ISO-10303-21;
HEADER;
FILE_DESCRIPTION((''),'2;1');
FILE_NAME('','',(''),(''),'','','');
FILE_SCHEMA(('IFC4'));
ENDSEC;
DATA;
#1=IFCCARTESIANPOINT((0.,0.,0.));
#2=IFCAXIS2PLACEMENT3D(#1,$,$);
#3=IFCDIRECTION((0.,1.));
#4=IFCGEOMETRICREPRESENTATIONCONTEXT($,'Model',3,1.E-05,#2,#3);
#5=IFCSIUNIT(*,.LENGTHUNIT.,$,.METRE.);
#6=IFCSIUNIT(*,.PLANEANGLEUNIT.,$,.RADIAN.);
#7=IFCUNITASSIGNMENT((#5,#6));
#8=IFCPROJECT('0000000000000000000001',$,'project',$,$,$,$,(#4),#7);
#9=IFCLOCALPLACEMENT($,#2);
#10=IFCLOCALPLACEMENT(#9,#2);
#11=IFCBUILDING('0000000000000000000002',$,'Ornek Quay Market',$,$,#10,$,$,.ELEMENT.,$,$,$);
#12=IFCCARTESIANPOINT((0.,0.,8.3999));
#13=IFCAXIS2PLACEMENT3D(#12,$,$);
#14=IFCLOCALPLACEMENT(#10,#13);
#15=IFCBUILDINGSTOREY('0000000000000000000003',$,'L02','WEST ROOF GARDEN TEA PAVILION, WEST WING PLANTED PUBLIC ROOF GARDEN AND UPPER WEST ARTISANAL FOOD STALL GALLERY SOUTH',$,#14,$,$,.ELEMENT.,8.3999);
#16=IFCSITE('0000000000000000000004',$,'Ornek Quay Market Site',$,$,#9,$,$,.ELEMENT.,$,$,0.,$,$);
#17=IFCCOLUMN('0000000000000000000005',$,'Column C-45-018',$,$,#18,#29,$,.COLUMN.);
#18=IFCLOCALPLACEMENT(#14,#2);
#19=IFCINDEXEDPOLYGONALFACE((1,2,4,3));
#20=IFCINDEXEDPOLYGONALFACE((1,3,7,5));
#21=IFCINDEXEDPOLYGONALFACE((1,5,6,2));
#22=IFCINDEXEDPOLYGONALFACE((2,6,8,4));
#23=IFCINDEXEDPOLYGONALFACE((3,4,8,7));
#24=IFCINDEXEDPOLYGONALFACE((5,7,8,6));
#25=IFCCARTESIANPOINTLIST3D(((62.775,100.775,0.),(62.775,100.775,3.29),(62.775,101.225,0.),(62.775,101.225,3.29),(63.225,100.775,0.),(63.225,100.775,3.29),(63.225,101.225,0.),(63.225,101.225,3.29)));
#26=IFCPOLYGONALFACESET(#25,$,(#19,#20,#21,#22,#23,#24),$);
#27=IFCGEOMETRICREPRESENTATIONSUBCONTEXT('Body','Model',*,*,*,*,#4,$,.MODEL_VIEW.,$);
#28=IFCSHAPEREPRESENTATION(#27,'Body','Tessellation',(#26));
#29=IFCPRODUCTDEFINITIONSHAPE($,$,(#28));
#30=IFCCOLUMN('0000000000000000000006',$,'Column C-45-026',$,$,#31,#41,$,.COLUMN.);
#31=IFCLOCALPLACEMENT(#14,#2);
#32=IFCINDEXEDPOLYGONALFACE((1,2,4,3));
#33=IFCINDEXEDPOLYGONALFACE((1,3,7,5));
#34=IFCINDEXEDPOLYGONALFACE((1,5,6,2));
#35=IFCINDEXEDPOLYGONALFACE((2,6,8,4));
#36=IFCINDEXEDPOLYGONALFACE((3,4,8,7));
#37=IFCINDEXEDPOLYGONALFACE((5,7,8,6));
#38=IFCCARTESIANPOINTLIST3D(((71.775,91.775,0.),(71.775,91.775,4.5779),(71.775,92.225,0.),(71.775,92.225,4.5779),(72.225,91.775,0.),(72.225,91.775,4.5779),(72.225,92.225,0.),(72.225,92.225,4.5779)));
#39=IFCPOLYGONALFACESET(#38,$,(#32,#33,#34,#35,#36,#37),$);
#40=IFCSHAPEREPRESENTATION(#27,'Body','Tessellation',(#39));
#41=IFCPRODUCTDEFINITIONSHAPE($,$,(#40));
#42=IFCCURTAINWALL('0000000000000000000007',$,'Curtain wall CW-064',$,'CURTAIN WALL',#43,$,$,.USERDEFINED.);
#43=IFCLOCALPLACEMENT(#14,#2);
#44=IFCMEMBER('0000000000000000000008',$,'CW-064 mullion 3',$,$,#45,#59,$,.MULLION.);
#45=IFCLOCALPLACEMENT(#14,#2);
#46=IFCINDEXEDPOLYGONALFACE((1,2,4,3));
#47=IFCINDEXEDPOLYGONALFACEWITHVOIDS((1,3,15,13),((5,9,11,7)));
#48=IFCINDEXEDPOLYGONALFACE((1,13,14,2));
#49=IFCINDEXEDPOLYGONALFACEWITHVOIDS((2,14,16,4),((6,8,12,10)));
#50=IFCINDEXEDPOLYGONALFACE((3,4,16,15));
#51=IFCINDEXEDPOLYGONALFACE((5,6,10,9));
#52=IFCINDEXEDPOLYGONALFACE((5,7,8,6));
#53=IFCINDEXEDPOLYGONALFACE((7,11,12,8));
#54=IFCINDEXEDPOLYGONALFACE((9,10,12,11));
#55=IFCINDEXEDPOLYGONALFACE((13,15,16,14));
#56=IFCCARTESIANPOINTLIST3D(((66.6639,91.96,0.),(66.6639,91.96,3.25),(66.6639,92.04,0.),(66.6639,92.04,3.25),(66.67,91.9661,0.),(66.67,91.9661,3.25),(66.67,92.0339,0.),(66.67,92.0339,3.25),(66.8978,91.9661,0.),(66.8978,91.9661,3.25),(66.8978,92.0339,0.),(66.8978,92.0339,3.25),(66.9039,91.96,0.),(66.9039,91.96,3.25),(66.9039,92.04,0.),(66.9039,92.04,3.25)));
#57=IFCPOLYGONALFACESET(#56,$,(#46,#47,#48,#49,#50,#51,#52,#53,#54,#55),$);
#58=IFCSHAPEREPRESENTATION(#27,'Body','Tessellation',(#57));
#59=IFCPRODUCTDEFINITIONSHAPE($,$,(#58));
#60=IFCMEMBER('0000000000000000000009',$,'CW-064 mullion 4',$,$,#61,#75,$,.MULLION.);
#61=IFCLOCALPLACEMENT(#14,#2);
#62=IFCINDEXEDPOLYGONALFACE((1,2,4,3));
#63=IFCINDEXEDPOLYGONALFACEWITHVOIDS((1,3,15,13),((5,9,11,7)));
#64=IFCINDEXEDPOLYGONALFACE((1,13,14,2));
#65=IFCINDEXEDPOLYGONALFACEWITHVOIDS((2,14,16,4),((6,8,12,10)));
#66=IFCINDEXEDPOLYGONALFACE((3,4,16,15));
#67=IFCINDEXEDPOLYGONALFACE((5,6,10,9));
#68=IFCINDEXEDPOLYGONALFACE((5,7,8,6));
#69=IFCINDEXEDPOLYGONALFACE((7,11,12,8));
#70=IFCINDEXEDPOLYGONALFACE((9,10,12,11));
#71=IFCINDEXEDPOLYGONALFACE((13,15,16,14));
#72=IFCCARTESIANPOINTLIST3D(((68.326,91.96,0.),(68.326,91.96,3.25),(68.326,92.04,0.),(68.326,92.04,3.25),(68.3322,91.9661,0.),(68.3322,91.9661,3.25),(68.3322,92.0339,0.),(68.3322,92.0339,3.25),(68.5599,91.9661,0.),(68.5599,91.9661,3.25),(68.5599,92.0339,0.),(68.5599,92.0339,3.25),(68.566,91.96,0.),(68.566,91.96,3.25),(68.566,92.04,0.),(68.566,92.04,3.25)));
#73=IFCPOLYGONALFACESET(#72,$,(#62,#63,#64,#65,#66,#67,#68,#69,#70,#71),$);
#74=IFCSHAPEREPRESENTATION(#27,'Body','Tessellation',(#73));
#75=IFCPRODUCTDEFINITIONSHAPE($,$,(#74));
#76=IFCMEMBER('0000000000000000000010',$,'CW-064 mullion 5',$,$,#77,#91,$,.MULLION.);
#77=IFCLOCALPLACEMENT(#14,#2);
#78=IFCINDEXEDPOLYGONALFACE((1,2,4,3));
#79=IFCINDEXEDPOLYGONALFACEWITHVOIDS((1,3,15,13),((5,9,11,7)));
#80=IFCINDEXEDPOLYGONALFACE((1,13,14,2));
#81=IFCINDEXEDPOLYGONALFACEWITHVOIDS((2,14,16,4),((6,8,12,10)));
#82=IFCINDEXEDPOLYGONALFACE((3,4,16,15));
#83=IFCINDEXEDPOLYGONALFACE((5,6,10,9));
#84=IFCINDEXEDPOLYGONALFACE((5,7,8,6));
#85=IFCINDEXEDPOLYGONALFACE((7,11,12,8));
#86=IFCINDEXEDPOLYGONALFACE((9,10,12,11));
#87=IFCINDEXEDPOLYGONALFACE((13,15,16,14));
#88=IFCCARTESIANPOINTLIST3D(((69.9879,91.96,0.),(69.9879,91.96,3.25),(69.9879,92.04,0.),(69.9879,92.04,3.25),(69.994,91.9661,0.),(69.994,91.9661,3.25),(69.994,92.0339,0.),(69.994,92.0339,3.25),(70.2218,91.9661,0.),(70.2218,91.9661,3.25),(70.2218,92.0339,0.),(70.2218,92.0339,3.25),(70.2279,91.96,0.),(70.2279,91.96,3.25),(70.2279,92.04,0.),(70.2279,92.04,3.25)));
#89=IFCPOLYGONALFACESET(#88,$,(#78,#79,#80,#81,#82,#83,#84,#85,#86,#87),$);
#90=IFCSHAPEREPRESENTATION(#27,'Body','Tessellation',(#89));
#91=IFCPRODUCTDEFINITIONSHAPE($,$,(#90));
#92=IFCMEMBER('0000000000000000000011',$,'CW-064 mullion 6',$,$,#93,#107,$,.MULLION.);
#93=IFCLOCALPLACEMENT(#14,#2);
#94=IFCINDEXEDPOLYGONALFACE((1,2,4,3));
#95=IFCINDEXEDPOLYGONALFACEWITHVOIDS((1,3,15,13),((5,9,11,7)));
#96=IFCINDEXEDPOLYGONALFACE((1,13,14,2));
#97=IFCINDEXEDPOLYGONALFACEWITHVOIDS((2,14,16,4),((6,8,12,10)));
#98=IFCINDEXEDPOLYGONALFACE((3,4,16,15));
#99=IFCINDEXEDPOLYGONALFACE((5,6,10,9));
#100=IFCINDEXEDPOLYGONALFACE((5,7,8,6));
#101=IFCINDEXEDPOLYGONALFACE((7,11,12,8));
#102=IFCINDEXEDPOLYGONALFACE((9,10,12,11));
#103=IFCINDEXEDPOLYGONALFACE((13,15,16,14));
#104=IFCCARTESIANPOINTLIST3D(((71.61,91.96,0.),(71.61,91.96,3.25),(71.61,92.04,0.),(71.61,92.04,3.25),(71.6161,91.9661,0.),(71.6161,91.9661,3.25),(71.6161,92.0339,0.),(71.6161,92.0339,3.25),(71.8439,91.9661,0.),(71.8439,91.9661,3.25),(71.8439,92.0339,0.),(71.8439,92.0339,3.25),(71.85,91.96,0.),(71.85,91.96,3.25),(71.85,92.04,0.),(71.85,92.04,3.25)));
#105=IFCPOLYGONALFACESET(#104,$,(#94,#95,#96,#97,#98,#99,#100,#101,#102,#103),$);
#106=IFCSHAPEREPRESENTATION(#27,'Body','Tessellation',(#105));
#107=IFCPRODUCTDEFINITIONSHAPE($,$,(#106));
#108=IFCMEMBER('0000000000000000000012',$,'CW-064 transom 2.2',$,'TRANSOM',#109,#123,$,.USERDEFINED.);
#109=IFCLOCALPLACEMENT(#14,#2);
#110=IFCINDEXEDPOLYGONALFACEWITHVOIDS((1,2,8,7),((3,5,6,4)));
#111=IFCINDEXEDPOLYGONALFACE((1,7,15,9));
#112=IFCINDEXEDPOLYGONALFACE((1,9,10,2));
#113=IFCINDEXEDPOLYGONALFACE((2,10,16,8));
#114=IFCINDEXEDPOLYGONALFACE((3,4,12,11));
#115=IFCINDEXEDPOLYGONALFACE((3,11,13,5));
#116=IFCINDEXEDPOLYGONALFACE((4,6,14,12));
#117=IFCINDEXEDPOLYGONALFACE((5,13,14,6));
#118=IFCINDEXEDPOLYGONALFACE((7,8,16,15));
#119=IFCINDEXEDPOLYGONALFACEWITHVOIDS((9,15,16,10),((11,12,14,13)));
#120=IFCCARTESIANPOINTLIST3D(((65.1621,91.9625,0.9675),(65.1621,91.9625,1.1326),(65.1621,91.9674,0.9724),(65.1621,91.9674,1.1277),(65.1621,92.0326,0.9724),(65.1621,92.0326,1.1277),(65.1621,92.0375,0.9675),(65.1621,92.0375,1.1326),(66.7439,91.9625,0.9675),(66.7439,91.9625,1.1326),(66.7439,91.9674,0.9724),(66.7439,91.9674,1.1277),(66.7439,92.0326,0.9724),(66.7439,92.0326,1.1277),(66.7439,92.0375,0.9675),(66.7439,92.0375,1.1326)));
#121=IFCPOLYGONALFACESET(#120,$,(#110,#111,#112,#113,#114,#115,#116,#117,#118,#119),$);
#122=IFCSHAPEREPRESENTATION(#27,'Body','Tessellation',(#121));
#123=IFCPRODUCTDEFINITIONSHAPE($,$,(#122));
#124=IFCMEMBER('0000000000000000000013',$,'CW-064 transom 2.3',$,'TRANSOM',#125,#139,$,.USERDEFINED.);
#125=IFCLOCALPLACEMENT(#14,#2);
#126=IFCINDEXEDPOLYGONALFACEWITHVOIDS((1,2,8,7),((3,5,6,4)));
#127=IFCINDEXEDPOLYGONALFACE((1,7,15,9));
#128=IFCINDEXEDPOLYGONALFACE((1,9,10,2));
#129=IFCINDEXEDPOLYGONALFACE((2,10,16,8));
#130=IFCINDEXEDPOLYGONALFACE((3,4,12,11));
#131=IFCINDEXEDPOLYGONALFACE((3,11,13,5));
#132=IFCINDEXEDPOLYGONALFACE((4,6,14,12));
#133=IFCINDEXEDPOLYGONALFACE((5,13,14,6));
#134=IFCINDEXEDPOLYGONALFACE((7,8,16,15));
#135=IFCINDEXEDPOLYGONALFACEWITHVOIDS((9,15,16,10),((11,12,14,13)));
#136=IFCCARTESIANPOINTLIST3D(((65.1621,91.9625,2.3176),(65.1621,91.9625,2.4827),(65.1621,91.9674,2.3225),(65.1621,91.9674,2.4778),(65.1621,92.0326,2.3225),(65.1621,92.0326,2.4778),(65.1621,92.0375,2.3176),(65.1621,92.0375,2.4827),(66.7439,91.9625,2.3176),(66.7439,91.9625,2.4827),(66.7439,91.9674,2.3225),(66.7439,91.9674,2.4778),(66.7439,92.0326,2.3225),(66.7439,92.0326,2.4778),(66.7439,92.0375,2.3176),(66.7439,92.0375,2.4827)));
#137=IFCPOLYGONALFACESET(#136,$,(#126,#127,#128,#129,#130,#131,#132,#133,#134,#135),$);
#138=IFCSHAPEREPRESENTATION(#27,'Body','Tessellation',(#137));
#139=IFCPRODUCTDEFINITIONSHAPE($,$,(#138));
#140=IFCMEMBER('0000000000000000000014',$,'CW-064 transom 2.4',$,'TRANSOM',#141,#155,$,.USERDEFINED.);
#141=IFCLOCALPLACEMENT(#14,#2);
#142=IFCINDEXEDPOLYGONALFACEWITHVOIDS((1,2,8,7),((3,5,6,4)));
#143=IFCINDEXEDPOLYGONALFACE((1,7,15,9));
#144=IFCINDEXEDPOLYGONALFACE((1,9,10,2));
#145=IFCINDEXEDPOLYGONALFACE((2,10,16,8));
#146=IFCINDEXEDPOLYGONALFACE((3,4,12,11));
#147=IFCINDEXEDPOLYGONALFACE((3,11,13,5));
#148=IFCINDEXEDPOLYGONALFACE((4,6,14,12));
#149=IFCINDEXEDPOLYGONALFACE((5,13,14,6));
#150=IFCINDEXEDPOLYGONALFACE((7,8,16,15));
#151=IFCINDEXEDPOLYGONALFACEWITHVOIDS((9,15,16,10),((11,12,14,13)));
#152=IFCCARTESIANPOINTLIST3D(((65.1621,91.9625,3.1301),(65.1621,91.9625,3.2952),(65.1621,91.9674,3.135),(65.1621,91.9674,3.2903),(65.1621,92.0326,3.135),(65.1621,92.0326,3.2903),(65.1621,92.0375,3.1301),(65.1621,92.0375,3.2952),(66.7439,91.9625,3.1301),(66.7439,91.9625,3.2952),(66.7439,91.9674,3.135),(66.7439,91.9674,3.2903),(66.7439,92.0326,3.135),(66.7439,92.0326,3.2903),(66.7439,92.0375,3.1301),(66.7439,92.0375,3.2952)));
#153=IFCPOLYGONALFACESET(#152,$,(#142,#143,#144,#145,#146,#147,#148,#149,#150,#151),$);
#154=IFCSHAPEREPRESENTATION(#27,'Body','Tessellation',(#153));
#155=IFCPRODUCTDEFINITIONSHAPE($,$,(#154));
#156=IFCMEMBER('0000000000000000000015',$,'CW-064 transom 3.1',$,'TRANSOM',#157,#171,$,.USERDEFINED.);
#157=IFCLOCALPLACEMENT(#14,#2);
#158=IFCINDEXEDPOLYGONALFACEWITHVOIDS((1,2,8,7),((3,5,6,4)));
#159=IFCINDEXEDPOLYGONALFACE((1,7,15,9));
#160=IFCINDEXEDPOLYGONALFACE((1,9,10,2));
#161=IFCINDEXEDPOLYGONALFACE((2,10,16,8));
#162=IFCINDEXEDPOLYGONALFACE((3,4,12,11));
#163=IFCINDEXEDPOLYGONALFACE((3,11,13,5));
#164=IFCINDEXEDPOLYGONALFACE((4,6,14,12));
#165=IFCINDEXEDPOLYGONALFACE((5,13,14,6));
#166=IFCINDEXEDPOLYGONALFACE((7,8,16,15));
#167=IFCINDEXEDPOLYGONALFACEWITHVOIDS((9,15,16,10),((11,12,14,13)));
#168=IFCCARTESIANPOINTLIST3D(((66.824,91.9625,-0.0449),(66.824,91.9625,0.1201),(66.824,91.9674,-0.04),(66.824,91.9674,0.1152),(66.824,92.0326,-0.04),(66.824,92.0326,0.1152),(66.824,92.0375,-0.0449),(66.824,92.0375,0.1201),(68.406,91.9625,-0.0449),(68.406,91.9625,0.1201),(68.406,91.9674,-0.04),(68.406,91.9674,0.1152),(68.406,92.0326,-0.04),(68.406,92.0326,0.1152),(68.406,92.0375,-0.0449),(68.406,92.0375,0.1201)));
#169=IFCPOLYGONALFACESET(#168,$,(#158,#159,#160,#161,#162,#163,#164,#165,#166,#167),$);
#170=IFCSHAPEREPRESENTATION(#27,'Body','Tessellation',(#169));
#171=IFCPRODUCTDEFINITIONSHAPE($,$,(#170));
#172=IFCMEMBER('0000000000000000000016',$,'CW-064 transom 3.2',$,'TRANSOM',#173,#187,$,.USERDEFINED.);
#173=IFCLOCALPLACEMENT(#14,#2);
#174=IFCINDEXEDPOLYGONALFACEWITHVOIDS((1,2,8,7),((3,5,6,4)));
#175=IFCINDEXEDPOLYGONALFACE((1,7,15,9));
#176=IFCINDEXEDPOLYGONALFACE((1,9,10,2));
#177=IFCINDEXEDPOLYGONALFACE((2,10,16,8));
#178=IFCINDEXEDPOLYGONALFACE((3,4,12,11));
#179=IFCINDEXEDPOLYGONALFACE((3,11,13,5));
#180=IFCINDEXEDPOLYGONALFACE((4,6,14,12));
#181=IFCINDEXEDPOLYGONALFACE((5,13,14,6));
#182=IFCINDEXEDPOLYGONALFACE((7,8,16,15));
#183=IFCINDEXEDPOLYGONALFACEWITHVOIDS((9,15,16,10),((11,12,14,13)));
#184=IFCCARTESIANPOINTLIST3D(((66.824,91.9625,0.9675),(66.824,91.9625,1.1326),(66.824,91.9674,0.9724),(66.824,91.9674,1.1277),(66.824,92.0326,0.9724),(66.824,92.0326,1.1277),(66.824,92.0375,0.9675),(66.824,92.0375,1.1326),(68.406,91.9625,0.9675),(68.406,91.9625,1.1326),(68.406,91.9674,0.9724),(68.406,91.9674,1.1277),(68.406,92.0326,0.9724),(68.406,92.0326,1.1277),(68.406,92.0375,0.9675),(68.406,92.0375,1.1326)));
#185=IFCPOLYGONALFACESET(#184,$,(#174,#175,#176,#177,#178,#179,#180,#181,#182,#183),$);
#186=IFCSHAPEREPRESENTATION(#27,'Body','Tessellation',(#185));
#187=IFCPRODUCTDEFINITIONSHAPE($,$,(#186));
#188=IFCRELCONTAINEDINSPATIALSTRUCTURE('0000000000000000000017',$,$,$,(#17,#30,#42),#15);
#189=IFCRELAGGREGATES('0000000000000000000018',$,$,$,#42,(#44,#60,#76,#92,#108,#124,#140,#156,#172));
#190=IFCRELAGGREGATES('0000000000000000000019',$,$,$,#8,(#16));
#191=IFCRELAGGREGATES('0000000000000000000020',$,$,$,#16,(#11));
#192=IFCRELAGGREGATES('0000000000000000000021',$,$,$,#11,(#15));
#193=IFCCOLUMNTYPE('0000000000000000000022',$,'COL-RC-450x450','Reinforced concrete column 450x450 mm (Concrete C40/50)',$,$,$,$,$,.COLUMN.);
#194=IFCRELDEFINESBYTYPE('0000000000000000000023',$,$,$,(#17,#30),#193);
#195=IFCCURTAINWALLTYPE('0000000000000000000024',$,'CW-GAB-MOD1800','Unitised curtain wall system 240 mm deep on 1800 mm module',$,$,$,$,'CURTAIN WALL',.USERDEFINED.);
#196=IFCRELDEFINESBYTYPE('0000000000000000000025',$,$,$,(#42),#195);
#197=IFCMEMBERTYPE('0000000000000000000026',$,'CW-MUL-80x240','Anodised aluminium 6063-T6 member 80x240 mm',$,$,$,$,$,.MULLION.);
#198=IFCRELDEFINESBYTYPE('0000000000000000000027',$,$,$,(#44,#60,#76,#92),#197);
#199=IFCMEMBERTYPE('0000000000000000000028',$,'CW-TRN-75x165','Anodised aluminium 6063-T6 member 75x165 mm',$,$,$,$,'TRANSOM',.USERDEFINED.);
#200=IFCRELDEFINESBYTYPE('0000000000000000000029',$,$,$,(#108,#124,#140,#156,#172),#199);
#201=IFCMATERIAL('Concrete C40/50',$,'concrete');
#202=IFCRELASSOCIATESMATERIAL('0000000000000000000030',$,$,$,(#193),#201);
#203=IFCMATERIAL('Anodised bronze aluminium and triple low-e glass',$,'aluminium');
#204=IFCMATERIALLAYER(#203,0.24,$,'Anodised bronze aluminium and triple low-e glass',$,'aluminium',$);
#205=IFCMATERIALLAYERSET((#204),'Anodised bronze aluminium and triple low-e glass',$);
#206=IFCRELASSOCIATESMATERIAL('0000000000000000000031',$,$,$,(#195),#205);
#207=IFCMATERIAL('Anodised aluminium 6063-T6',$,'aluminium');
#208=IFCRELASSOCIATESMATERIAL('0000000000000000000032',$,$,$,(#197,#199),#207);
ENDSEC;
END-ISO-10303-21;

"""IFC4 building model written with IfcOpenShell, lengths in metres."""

from ifc_helpers import new_model, si_unit, direction, frame, origin, origin_2d, place, context, subcontext, project, spatial, rectangle, hollow_rectangle, extrude, material, layer, layer_set, material_profile, profile_set, type_object, element, aggregate, save


model = new_model("IFC4")

# Units and contexts
model_context = context("Model", 3, precision=1e-05, world=origin(), true_north=direction((0.0, 1.0)))
body_context = subcontext(model_context, "Body", "Model", "MODEL_VIEW")
ifc_project = project(units=[si_unit("LENGTHUNIT", "METRE"), si_unit("PLANEANGLEUNIT", "RADIAN")], contexts=[model_context])

# Site, building, storey
site_placement = place(None, origin())
site = spatial("IfcSite", under=ifc_project, at=site_placement, Name="Ornek Quay Market Site", CompositionType="ELEMENT", RefElevation=0.0)
building_placement = place(site_placement, origin())
building = spatial("IfcBuilding", under=site, at=building_placement, Name="Ornek Quay Market", CompositionType="ELEMENT")
storey_placement = place(building_placement, frame((0.0, 0.0, 8.3999)))
storey = spatial("IfcBuildingStorey", under=building, at=storey_placement, Name="L02", Description="WEST ROOF GARDEN TEA PAVILION, WEST WING PLANTED PUBLIC ROOF GARDEN AND UPPER WEST ARTISANAL FOOD STALL GALLERY SOUTH", CompositionType="ELEMENT", Elevation=8.3999)

# Columns
ifc_material_1 = material(Name="Concrete C40/50", Category="concrete")
ifc_material_profile_1 = material_profile(ifc_material_1, rectangle(XDim=0.45, YDim=0.45, at=origin_2d()), Name="RC 450x450", Category="concrete")
ifc_profile_set_1 = profile_set([ifc_material_profile_1], Name="Concrete C40/50")
column_type = type_object("IfcColumnType", Name="COL-RC-450x450", Description="Reinforced concrete column 450x450 mm (Concrete C40/50)", PredefinedType="COLUMN", material=ifc_profile_set_1)
column_1_placement = place(storey_placement, frame((63.0, 101.0, 0.0), z_axis=(0.0, 0.0, 1.0), x_axis=(1.0, 0.0, 0.0)))
element("IfcColumn", 1, at=column_1_placement, inside=storey, type_object=column_type, Name="Column C-45-018", PredefinedType="COLUMN", context=body_context, shape_type="SweptSolid", body=[
    extrude(rectangle(XDim=0.45, YDim=0.45, at=origin_2d()), origin(), (0.0, 0.0, 1.0), 3.29),
])
column_2_placement = place(storey_placement, frame((72.0, 92.0, 0.0), z_axis=(0.0, 0.0, 1.0), x_axis=(1.0, 0.0, 0.0)))
element("IfcColumn", 2, at=column_2_placement, inside=storey, type_object=column_type, Name="Column C-45-026", PredefinedType="COLUMN", context=body_context, shape_type="SweptSolid", body=[
    extrude(rectangle(XDim=0.45, YDim=0.45, at=origin_2d()), origin(), (0.0, 0.0, 1.0), 4.5779),
])

# Curtain wall, members
ifc_material_2 = material(Name="Anodised bronze aluminium and triple low-e glass", Category="aluminium")
ifc_layer_1 = layer(ifc_material_2, 0.24, Name="Anodised bronze aluminium and triple low-e glass", Category="aluminium")
ifc_layer_set_1 = layer_set([ifc_layer_1], Name="Anodised bronze aluminium and triple low-e glass")
curtain_wall_type = type_object("IfcCurtainWallType", Name="CW-GAB-MOD1800", Description="Unitised curtain wall system 240 mm deep on 1800 mm module", ElementType="CURTAIN WALL", PredefinedType="USERDEFINED", material=ifc_layer_set_1)
curtain_wall_placement = place(storey_placement, origin())
curtain_wall = element("IfcCurtainWall", 3, at=curtain_wall_placement, inside=storey, type_object=curtain_wall_type, Name="Curtain wall CW-064", ObjectType="CURTAIN WALL", PredefinedType="USERDEFINED")
ifc_material_3 = material(Name="Anodised aluminium 6063-T6", Category="aluminium")
ifc_material_profile_2 = material_profile(ifc_material_3, hollow_rectangle(XDim=0.0801, YDim=0.24, WallThickness=0.0061, at=origin_2d()), Name="CW-MUL-80x240", Category="aluminium")
ifc_profile_set_2 = profile_set([ifc_material_profile_2], Name="Anodised aluminium 6063-T6")
member_type_1 = type_object("IfcMemberType", Name="CW-MUL-80x240", Description="Anodised aluminium 6063-T6 member 80x240 mm", PredefinedType="MULLION", material=ifc_profile_set_2)
member_1_placement = place(storey_placement, frame((66.7839, 92.0, 0.0), z_axis=(0.0, 0.0, 1.0), x_axis=(0.0, 1.0, 0.0)))
member_1 = element("IfcMember", 4, at=member_1_placement, type_object=member_type_1, Name="CW-064 mullion 3", PredefinedType="MULLION", context=body_context, shape_type="SweptSolid", body=[
    extrude(hollow_rectangle(XDim=0.0801, YDim=0.24, WallThickness=0.0061, at=origin_2d()), origin(), (0.0, 0.0, 1.0), 3.25),
])
member_2_placement = place(storey_placement, frame((68.446, 92.0, 0.0), z_axis=(0.0, 0.0, 1.0), x_axis=(0.0, 1.0, 0.0)))
member_2 = element("IfcMember", 5, at=member_2_placement, type_object=member_type_1, Name="CW-064 mullion 4", PredefinedType="MULLION", context=body_context, shape_type="SweptSolid", body=[
    extrude(hollow_rectangle(XDim=0.0801, YDim=0.24, WallThickness=0.0061, at=origin_2d()), origin(), (0.0, 0.0, 1.0), 3.25),
])
member_3_placement = place(storey_placement, frame((70.1079, 92.0, 0.0), z_axis=(0.0, 0.0, 1.0), x_axis=(0.0, 1.0, 0.0)))
member_3 = element("IfcMember", 6, at=member_3_placement, type_object=member_type_1, Name="CW-064 mullion 5", PredefinedType="MULLION", context=body_context, shape_type="SweptSolid", body=[
    extrude(hollow_rectangle(XDim=0.0801, YDim=0.24, WallThickness=0.0061, at=origin_2d()), origin(), (0.0, 0.0, 1.0), 3.25),
])
member_4_placement = place(storey_placement, frame((71.73, 92.0, 0.0), z_axis=(0.0, 0.0, 1.0), x_axis=(0.0, 1.0, 0.0)))
member_4 = element("IfcMember", 7, at=member_4_placement, type_object=member_type_1, Name="CW-064 mullion 6", PredefinedType="MULLION", context=body_context, shape_type="SweptSolid", body=[
    extrude(hollow_rectangle(XDim=0.0801, YDim=0.24, WallThickness=0.0061, at=origin_2d()), origin(), (0.0, 0.0, 1.0), 3.25),
])
ifc_material_profile_3 = material_profile(ifc_material_3, hollow_rectangle(XDim=0.075, YDim=0.165, WallThickness=0.0049, at=origin_2d()), Name="CW-TRN-75x165", Category="aluminium")
ifc_profile_set_3 = profile_set([ifc_material_profile_3], Name="Anodised aluminium 6063-T6")
member_type_2 = type_object("IfcMemberType", Name="CW-TRN-75x165", Description="Anodised aluminium 6063-T6 member 75x165 mm", ElementType="TRANSOM", PredefinedType="USERDEFINED", material=ifc_profile_set_3)
member_5_placement = place(storey_placement, frame((65.1621, 92.0, 1.05), z_axis=(1.0, 0.0, 0.0), x_axis=(0.0, 1.0, 0.0)))
member_5 = element("IfcMember", 8, at=member_5_placement, type_object=member_type_2, Name="CW-064 transom 2.2", ObjectType="TRANSOM", PredefinedType="USERDEFINED", context=body_context, shape_type="SweptSolid", body=[
    extrude(hollow_rectangle(XDim=0.075, YDim=0.165, WallThickness=0.0049, at=origin_2d()), origin(), (0.0, 0.0, 1.0), 1.5818),
])
member_6_placement = place(storey_placement, frame((65.1621, 92.0, 2.4001), z_axis=(1.0, 0.0, 0.0), x_axis=(0.0, 1.0, 0.0)))
member_6 = element("IfcMember", 9, at=member_6_placement, type_object=member_type_2, Name="CW-064 transom 2.3", ObjectType="TRANSOM", PredefinedType="USERDEFINED", context=body_context, shape_type="SweptSolid", body=[
    extrude(hollow_rectangle(XDim=0.075, YDim=0.165, WallThickness=0.0049, at=origin_2d()), origin(), (0.0, 0.0, 1.0), 1.5818),
])
member_7_placement = place(storey_placement, frame((65.1621, 92.0, 3.2126), z_axis=(1.0, 0.0, 0.0), x_axis=(0.0, 1.0, 0.0)))
member_7 = element("IfcMember", 10, at=member_7_placement, type_object=member_type_2, Name="CW-064 transom 2.4", ObjectType="TRANSOM", PredefinedType="USERDEFINED", context=body_context, shape_type="SweptSolid", body=[
    extrude(hollow_rectangle(XDim=0.075, YDim=0.165, WallThickness=0.0049, at=origin_2d()), origin(), (0.0, 0.0, 1.0), 1.5818),
])
member_8_placement = place(storey_placement, frame((66.824, 92.0, 0.0376), z_axis=(1.0, 0.0, 0.0), x_axis=(0.0, 1.0, 0.0)))
member_8 = element("IfcMember", 11, at=member_8_placement, type_object=member_type_2, Name="CW-064 transom 3.1", ObjectType="TRANSOM", PredefinedType="USERDEFINED", context=body_context, shape_type="SweptSolid", body=[
    extrude(hollow_rectangle(XDim=0.075, YDim=0.165, WallThickness=0.0049, at=origin_2d()), origin(), (0.0, 0.0, 1.0), 1.582),
])
member_9_placement = place(storey_placement, frame((66.824, 92.0, 1.05), z_axis=(1.0, 0.0, 0.0), x_axis=(0.0, 1.0, 0.0)))
member_9 = element("IfcMember", 12, at=member_9_placement, type_object=member_type_2, Name="CW-064 transom 3.2", ObjectType="TRANSOM", PredefinedType="USERDEFINED", context=body_context, shape_type="SweptSolid", body=[
    extrude(hollow_rectangle(XDim=0.075, YDim=0.165, WallThickness=0.0049, at=origin_2d()), origin(), (0.0, 0.0, 1.0), 1.582),
])
aggregate(curtain_wall, [member_1, member_2, member_3, member_4, member_5, member_6, member_7, member_8, member_9])

save(model, "model.ifc")
